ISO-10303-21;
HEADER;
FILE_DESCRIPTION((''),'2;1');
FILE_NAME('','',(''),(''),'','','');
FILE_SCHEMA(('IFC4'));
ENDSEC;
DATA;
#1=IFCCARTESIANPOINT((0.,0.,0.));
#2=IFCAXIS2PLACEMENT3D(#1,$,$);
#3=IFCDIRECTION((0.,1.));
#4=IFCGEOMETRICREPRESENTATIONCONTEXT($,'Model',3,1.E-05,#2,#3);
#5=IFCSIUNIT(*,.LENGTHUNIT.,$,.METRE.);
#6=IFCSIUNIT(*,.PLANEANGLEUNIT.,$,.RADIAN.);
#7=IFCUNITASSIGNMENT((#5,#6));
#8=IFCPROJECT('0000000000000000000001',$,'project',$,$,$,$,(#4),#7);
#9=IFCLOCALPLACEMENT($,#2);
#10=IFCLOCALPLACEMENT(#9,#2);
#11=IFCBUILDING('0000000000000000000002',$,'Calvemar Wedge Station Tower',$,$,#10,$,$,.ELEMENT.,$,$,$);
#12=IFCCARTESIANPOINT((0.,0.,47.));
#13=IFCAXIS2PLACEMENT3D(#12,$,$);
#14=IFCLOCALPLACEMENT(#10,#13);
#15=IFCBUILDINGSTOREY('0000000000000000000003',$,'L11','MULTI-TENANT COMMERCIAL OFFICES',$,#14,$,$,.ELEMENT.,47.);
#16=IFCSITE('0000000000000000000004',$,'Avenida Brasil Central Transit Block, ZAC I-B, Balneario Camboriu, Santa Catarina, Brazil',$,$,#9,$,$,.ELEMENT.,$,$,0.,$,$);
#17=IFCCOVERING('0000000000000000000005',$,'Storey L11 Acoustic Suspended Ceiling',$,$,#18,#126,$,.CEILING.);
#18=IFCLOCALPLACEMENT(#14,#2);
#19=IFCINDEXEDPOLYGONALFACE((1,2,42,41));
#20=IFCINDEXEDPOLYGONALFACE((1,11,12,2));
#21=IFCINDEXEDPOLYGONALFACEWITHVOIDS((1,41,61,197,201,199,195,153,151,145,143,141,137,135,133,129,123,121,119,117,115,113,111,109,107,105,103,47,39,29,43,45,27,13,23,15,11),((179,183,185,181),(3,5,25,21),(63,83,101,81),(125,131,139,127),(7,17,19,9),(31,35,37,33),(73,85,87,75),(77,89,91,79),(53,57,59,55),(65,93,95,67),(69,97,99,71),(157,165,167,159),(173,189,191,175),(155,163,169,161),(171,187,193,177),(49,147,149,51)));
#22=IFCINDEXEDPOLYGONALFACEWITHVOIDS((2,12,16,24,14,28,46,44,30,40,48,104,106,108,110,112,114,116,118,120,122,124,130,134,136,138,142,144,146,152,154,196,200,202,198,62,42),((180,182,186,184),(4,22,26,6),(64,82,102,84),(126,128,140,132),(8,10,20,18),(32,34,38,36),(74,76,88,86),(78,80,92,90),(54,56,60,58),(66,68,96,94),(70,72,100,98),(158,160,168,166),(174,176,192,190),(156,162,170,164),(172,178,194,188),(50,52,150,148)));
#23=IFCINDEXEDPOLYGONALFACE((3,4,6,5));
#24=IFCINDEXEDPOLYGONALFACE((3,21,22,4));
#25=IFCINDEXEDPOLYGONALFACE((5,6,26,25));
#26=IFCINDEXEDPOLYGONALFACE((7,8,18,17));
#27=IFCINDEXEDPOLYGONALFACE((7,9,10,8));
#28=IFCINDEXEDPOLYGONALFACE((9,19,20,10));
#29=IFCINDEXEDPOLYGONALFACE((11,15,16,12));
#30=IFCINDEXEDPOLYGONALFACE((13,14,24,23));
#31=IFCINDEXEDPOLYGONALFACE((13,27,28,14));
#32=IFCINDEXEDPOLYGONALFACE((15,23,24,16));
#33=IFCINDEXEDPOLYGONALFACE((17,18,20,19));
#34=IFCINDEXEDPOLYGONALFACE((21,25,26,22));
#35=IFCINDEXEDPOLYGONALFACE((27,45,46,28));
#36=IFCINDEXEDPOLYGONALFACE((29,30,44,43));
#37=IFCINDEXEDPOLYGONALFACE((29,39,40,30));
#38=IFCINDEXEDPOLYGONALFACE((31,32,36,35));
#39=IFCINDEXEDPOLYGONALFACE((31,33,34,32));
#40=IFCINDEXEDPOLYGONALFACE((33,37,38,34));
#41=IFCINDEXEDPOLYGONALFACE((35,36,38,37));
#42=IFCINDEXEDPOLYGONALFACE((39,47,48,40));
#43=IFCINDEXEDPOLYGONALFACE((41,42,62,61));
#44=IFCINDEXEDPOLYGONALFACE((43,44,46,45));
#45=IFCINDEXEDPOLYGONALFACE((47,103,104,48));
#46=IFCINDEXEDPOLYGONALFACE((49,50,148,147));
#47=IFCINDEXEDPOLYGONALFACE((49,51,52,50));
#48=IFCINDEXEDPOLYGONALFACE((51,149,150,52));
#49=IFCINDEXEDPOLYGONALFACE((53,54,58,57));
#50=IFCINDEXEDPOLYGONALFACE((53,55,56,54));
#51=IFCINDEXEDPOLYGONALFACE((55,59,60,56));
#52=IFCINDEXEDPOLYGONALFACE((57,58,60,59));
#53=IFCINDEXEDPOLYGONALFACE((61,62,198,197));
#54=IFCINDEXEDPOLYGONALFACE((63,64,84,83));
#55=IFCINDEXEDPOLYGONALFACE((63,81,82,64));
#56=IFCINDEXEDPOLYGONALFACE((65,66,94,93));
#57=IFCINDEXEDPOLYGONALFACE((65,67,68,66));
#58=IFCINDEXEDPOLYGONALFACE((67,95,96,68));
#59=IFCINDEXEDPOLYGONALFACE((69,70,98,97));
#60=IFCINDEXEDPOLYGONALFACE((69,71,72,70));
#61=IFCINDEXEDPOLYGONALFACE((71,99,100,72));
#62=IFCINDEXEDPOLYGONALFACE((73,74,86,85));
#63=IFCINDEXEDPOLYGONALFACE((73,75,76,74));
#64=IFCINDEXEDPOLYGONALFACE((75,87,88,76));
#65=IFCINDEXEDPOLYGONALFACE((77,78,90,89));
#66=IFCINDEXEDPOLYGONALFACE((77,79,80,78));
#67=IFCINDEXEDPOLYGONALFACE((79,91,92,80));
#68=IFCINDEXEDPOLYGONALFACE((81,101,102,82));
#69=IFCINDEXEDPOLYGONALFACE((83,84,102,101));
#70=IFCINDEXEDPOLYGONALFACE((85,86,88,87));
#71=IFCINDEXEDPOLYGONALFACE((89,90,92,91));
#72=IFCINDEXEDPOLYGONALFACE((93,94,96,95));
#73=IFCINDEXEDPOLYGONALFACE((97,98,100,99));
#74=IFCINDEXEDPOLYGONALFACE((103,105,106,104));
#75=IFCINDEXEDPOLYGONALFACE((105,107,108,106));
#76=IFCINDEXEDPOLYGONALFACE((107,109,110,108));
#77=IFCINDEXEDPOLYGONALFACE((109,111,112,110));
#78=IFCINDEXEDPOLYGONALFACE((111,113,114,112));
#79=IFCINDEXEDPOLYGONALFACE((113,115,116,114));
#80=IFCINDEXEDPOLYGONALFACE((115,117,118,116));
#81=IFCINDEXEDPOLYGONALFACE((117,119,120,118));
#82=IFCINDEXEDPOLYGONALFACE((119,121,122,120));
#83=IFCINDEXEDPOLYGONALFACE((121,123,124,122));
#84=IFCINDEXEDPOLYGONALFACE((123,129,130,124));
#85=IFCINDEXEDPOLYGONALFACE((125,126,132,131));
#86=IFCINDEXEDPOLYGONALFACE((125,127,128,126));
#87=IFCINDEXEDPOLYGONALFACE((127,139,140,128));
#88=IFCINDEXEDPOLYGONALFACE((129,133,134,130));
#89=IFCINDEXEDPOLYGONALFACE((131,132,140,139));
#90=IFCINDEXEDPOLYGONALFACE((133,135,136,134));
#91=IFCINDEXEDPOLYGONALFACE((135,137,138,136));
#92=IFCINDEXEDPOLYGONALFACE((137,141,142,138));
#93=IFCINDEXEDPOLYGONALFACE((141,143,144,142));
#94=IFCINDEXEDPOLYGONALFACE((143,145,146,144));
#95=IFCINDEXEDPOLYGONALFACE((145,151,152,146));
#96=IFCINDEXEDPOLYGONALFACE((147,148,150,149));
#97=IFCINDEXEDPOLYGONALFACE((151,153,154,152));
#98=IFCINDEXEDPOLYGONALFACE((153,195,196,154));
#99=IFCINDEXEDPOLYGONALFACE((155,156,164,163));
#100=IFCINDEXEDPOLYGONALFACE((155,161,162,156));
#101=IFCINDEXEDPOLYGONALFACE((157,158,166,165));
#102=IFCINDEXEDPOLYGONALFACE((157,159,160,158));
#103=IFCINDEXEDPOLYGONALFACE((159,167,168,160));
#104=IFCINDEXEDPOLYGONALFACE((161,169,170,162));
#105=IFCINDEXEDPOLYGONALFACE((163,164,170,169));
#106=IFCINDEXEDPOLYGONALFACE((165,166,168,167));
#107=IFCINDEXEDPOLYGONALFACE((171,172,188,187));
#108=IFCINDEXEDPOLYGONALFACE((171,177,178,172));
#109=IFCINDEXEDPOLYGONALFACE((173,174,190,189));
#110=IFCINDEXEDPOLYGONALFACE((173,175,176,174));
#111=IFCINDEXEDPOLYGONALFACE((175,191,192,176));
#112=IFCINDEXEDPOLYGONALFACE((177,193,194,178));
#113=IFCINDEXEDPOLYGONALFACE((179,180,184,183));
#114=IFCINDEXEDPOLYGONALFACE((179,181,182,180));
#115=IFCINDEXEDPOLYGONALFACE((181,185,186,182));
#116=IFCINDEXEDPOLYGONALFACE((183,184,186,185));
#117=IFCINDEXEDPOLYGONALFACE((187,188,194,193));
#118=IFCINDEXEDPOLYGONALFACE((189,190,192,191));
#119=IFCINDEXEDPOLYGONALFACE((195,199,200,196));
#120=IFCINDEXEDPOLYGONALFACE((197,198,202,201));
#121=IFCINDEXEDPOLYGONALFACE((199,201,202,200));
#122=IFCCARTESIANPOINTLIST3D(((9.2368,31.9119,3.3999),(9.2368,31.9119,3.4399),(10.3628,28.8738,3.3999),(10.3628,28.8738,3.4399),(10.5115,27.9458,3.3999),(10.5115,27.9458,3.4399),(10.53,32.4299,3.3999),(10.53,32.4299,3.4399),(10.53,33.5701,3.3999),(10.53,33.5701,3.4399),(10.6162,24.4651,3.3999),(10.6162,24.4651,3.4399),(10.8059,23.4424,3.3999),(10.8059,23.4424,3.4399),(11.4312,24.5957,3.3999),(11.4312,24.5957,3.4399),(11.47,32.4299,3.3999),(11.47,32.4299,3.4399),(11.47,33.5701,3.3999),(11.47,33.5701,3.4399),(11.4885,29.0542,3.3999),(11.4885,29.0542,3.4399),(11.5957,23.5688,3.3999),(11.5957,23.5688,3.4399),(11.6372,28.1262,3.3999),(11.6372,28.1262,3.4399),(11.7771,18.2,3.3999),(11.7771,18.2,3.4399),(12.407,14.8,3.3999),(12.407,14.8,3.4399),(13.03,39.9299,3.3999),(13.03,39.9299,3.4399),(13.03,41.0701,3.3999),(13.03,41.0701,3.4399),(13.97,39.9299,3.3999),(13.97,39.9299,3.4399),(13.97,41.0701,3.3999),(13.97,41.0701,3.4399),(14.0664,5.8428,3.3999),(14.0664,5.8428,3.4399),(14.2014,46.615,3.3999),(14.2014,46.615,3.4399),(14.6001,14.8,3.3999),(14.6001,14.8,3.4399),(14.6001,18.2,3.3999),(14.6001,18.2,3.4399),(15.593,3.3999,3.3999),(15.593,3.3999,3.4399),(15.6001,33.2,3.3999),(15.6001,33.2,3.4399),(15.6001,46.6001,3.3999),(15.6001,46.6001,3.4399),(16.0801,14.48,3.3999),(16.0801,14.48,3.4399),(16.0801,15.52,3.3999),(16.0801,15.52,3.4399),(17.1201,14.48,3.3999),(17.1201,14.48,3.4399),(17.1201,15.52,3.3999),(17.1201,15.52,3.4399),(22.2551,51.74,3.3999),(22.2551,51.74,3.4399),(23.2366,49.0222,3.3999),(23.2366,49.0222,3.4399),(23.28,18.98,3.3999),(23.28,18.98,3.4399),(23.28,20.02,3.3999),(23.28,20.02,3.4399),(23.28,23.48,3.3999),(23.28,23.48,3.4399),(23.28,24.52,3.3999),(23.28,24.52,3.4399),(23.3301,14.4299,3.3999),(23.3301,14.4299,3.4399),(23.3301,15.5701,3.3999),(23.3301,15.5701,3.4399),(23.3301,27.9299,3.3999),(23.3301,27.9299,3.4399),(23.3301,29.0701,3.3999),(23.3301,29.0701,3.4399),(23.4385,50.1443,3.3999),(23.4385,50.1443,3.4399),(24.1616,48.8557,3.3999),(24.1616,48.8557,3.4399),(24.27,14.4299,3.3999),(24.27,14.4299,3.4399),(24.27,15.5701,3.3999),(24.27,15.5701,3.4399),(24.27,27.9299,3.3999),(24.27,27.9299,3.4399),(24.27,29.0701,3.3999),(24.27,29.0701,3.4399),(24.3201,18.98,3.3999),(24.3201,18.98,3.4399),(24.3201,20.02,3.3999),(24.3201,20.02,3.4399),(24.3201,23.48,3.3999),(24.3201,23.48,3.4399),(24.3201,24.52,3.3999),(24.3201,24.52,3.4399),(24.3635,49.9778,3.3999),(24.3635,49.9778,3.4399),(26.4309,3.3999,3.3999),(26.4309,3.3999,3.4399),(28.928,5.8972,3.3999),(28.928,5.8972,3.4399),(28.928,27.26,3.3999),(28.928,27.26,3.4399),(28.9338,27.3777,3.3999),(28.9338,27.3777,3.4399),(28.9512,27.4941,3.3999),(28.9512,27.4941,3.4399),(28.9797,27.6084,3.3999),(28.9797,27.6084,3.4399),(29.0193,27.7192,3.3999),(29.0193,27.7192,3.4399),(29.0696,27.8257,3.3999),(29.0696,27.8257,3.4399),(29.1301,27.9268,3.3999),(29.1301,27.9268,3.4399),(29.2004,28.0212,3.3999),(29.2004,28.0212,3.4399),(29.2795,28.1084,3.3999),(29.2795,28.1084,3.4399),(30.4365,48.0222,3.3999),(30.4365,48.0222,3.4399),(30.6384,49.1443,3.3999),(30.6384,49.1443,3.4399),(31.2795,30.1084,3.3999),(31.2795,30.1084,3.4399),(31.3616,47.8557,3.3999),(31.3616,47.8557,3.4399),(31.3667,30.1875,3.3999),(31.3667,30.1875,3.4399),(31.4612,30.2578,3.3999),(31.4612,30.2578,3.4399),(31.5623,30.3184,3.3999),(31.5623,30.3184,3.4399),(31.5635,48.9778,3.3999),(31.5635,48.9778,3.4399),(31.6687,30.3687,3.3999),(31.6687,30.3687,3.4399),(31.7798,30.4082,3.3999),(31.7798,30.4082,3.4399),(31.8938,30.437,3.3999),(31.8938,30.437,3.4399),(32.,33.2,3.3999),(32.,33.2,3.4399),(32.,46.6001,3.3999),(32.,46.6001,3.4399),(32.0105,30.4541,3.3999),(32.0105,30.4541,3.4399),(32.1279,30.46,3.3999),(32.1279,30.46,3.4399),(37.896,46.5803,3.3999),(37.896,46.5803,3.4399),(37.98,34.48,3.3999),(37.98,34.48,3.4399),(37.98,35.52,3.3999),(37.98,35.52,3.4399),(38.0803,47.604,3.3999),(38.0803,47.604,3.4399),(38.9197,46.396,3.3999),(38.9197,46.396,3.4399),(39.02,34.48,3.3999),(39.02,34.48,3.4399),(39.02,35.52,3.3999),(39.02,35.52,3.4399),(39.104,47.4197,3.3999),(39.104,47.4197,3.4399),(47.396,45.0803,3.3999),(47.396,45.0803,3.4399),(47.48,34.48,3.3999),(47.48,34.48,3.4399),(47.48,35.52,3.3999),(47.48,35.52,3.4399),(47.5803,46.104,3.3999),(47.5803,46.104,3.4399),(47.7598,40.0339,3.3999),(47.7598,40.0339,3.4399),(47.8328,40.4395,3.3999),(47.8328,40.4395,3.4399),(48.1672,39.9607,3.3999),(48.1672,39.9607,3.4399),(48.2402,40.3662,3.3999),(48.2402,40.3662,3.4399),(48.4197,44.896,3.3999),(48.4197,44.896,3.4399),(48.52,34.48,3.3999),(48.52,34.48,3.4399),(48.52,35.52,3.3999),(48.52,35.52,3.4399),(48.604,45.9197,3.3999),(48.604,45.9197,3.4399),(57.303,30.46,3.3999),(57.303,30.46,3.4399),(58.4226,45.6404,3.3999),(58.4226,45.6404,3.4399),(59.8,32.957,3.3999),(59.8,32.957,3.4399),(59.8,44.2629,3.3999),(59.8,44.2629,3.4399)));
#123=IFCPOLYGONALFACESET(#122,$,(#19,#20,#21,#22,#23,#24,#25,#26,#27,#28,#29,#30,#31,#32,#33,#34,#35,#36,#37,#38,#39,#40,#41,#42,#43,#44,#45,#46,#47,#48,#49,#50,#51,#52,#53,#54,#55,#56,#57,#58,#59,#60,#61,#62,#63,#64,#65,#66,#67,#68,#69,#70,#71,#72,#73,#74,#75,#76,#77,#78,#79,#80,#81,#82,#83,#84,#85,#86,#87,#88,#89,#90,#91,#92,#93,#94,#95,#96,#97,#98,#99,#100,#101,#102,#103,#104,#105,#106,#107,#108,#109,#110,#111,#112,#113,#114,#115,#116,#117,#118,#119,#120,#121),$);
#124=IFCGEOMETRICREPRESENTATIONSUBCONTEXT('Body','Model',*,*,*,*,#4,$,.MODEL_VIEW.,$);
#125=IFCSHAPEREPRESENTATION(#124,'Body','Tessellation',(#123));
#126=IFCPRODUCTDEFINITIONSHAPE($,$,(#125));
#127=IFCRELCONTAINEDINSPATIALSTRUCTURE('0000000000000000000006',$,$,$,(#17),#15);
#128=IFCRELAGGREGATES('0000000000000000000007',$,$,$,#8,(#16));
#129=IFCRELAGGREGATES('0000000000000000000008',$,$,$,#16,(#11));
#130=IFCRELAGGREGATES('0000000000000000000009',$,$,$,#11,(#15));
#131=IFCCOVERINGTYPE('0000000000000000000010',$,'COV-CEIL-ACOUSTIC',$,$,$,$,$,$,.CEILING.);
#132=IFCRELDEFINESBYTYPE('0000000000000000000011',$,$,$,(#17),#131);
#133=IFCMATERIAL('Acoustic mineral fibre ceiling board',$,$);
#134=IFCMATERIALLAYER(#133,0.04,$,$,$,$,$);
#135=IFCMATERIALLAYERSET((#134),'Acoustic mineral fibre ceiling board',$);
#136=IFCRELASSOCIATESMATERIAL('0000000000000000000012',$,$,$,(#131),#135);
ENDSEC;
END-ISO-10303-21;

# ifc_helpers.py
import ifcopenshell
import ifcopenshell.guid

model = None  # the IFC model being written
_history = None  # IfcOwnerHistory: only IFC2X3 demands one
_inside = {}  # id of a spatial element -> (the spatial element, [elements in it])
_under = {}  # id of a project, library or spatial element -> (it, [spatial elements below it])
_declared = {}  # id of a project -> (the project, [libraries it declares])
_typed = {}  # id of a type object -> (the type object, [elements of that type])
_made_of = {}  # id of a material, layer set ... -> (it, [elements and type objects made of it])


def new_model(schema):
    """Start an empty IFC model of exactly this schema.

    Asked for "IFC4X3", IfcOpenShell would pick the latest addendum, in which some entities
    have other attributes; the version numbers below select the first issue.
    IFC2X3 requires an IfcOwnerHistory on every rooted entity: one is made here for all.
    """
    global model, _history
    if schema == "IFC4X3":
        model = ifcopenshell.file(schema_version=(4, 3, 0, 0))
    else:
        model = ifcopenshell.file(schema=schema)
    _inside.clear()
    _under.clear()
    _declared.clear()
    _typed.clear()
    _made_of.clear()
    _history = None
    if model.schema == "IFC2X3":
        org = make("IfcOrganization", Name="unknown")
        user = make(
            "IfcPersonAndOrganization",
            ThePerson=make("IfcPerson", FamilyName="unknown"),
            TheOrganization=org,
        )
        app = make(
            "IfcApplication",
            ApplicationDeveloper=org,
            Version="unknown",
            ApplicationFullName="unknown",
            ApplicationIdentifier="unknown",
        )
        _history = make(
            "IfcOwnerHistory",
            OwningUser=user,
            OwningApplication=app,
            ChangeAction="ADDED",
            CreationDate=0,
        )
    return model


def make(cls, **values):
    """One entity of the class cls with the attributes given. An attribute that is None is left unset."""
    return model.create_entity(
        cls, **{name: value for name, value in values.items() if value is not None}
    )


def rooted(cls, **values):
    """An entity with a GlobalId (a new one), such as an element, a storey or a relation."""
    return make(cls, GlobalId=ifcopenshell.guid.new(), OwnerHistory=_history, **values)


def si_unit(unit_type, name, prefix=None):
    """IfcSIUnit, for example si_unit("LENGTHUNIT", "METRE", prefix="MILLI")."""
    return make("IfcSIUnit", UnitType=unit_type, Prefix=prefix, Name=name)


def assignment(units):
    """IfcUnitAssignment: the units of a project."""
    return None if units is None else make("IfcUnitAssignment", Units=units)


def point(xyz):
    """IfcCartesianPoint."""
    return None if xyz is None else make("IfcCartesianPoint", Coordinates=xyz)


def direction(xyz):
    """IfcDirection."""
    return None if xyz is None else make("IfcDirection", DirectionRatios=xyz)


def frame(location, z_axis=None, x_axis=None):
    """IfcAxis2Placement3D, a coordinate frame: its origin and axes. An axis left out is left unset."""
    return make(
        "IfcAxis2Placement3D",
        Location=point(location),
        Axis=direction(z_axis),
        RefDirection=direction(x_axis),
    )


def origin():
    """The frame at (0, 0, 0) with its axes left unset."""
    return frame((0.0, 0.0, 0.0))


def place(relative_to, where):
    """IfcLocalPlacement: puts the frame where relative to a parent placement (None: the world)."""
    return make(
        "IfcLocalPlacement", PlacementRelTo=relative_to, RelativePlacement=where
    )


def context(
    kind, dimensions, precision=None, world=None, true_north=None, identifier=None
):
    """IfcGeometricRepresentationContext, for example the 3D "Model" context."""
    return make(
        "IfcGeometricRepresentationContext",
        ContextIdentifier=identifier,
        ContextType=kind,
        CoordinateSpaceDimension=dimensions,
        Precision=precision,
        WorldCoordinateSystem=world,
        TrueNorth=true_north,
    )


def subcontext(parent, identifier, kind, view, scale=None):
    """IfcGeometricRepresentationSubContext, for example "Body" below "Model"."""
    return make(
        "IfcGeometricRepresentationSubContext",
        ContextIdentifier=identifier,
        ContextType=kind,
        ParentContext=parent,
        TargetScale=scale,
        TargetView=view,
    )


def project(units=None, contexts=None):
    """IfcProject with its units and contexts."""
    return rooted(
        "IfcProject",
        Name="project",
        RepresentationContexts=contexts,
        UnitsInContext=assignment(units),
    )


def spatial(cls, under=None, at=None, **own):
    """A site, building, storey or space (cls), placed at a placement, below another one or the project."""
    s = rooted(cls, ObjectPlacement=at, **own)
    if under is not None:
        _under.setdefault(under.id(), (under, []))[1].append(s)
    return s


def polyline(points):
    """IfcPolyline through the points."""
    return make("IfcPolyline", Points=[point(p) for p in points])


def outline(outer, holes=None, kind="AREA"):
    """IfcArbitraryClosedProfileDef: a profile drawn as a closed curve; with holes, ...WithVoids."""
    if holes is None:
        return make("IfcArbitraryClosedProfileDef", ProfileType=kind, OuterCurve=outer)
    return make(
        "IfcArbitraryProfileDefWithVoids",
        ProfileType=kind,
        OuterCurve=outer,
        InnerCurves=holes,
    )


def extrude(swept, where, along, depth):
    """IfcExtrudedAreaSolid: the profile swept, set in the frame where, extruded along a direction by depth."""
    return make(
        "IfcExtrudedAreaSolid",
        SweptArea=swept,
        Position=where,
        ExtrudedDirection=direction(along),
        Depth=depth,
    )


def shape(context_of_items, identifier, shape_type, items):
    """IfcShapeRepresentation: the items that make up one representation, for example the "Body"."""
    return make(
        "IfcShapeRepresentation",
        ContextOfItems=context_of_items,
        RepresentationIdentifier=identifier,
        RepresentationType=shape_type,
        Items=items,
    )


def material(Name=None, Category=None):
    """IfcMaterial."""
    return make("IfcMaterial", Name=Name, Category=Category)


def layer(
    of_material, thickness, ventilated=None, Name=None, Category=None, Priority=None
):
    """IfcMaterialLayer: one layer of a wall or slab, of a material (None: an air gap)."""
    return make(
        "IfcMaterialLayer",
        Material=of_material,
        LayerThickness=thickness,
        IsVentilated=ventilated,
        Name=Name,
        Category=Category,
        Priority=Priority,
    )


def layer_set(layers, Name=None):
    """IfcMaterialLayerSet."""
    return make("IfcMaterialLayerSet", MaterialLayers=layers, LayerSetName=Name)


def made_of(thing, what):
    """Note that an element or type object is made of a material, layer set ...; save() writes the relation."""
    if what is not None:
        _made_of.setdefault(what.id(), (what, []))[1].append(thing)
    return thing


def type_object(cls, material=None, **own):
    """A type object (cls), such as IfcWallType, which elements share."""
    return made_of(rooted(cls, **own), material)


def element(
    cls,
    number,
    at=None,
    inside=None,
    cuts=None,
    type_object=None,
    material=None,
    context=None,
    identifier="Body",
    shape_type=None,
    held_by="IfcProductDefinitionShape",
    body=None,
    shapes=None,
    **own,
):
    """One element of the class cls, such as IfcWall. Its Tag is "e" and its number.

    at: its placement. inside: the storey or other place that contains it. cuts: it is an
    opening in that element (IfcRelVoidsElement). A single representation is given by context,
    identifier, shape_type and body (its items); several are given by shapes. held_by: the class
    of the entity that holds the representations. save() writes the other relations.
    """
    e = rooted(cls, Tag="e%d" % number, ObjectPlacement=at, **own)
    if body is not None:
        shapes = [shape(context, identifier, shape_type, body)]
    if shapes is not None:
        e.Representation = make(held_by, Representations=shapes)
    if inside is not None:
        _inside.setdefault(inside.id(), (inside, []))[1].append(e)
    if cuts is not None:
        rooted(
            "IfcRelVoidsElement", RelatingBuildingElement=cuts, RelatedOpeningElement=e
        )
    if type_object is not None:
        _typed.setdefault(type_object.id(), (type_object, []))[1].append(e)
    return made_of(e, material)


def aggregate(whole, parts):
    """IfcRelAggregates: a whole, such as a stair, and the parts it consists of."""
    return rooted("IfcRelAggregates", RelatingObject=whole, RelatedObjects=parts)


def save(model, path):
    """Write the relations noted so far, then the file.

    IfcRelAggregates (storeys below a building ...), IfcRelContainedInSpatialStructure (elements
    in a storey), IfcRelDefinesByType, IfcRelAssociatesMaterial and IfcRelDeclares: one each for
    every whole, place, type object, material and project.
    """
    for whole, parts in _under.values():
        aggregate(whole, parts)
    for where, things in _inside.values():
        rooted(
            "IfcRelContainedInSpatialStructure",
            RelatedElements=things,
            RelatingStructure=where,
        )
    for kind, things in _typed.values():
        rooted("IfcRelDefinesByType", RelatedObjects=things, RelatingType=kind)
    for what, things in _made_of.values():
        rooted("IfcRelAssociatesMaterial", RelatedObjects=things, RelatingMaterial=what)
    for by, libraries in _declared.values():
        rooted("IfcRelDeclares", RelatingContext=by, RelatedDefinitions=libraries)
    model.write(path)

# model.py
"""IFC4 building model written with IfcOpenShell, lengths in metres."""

from ifc_helpers import new_model, si_unit, direction, frame, origin, place, context, subcontext, project, spatial, polyline, outline, extrude, material, layer, layer_set, type_object, element, save


model = new_model("IFC4")

# Units and contexts
model_context = context("Model", 3, precision=1e-05, world=origin(), true_north=direction((0.0, 1.0)))
body_context = subcontext(model_context, "Body", "Model", "MODEL_VIEW")
ifc_project = project(units=[si_unit("LENGTHUNIT", "METRE"), si_unit("PLANEANGLEUNIT", "RADIAN")], contexts=[model_context])

# Site, building, storey
site_placement = place(None, origin())
site = spatial("IfcSite", under=ifc_project, at=site_placement, Name="Avenida Brasil Central Transit Block, ZAC I-B, Balneario Camboriu, Santa Catarina, Brazil", CompositionType="ELEMENT", RefElevation=0.0)
building_placement = place(site_placement, origin())
building = spatial("IfcBuilding", under=site, at=building_placement, Name="Calvemar Wedge Station Tower", CompositionType="ELEMENT")
storey_placement = place(building_placement, frame((0.0, 0.0, 47.0)))
storey = spatial("IfcBuildingStorey", under=building, at=storey_placement, Name="L11", Description="MULTI-TENANT COMMERCIAL OFFICES", CompositionType="ELEMENT", Elevation=47.0)

# Covering
ifc_material_1 = material(Name="Acoustic mineral fibre ceiling board")
ifc_layer_1 = layer(ifc_material_1, 0.04)
ifc_layer_set_1 = layer_set([ifc_layer_1], Name="Acoustic mineral fibre ceiling board")
covering_type_1 = type_object("IfcCoveringType", Name="COV-CEIL-ACOUSTIC", PredefinedType="CEILING", material=ifc_layer_set_1)
covering_1_placement = place(storey_placement, frame((0.0, 0.0, 3.3999)))
element("IfcCovering", 1, at=covering_1_placement, inside=storey, type_object=covering_type_1, Name="Storey L11 Acoustic Suspended Ceiling", PredefinedType="CEILING", context=body_context, shape_type="SweptSolid", body=[
    extrude(outline(polyline([(29.2795, 28.1084), (31.2795, 30.1084), (31.3667, 30.1875), (31.4612, 30.2578), (31.5623, 30.3184), (31.6687, 30.3687), (31.7798, 30.4082), (31.8938, 30.437), (32.0105, 30.4541), (32.1279, 30.46), (57.303, 30.46), (59.8, 32.957), (59.8, 44.2629), (58.4226, 45.6404), (22.2551, 51.74), (14.2014, 46.615), (9.2368, 31.9119), (10.6162, 24.4651), (11.4312, 24.5957), (11.5957, 23.5688), (10.8059, 23.4424), (11.7771, 18.2), (14.6001, 18.2), (14.6001, 14.8), (12.407, 14.8), (14.0664, 5.8428), (15.593, 3.3999), (26.4309, 3.3999), (28.928, 5.8972), (28.928, 27.26), (28.9338, 27.3777), (28.9512, 27.4941), (28.9797, 27.6084), (29.0193, 27.7192), (29.0696, 27.8257), (29.1301, 27.9268), (29.2004, 28.0212), (29.2795, 28.1084)]), holes=[polyline([(15.6001, 46.6001), (32.0, 46.6001), (32.0, 33.2), (15.6001, 33.2), (15.6001, 46.6001)]), polyline([(10.53, 32.4299), (10.53, 33.5701), (11.47, 33.5701), (11.47, 32.4299), (10.53, 32.4299)]), polyline([(13.03, 41.0701), (13.97, 41.0701), (13.97, 39.9299), (13.03, 39.9299), (13.03, 41.0701)]), polyline([(24.3635, 49.9778), (24.1616, 48.8557), (23.2366, 49.0222), (23.4385, 50.1443), (24.3635, 49.9778)]), polyline([(31.3616, 47.8557), (30.4365, 48.0222), (30.6384, 49.1443), (31.5635, 48.9778), (31.3616, 47.8557)]), polyline([(37.896, 46.5803), (38.0803, 47.604), (39.104, 47.4197), (38.9197, 46.396), (37.896, 46.5803)]), polyline([(47.5803, 46.104), (48.604, 45.9197), (48.4197, 44.896), (47.396, 45.0803), (47.5803, 46.104)]), polyline([(39.02, 35.52), (39.02, 34.48), (37.98, 34.48), (37.98, 35.52), (39.02, 35.52)]), polyline([(48.52, 34.48), (47.48, 34.48), (47.48, 35.52), (48.52, 35.52), (48.52, 34.48)]), polyline([(47.7598, 40.0339), (47.8328, 40.4395), (48.2402, 40.3662), (48.1672, 39.9607), (47.7598, 40.0339)]), polyline([(11.4885, 29.0542), (11.6372, 28.1262), (10.5115, 27.9458), (10.3628, 28.8738), (11.4885, 29.0542)]), polyline([(24.27, 27.9299), (23.3301, 27.9299), (23.3301, 29.0701), (24.27, 29.0701), (24.27, 27.9299)]), polyline([(23.28, 23.48), (23.28, 24.52), (24.3201, 24.52), (24.3201, 23.48), (23.28, 23.48)]), polyline([(23.28, 20.02), (24.3201, 20.02), (24.3201, 18.98), (23.28, 18.98), (23.28, 20.02)]), polyline([(24.27, 15.5701), (24.27, 14.4299), (23.3301, 14.4299), (23.3301, 15.5701), (24.27, 15.5701)]), polyline([(17.1201, 14.48), (16.0801, 14.48), (16.0801, 15.52), (17.1201, 15.52), (17.1201, 14.48)])]), origin(), (0.0, 0.0, 1.0), 0.04),
])

save(model, "model.ifc")
